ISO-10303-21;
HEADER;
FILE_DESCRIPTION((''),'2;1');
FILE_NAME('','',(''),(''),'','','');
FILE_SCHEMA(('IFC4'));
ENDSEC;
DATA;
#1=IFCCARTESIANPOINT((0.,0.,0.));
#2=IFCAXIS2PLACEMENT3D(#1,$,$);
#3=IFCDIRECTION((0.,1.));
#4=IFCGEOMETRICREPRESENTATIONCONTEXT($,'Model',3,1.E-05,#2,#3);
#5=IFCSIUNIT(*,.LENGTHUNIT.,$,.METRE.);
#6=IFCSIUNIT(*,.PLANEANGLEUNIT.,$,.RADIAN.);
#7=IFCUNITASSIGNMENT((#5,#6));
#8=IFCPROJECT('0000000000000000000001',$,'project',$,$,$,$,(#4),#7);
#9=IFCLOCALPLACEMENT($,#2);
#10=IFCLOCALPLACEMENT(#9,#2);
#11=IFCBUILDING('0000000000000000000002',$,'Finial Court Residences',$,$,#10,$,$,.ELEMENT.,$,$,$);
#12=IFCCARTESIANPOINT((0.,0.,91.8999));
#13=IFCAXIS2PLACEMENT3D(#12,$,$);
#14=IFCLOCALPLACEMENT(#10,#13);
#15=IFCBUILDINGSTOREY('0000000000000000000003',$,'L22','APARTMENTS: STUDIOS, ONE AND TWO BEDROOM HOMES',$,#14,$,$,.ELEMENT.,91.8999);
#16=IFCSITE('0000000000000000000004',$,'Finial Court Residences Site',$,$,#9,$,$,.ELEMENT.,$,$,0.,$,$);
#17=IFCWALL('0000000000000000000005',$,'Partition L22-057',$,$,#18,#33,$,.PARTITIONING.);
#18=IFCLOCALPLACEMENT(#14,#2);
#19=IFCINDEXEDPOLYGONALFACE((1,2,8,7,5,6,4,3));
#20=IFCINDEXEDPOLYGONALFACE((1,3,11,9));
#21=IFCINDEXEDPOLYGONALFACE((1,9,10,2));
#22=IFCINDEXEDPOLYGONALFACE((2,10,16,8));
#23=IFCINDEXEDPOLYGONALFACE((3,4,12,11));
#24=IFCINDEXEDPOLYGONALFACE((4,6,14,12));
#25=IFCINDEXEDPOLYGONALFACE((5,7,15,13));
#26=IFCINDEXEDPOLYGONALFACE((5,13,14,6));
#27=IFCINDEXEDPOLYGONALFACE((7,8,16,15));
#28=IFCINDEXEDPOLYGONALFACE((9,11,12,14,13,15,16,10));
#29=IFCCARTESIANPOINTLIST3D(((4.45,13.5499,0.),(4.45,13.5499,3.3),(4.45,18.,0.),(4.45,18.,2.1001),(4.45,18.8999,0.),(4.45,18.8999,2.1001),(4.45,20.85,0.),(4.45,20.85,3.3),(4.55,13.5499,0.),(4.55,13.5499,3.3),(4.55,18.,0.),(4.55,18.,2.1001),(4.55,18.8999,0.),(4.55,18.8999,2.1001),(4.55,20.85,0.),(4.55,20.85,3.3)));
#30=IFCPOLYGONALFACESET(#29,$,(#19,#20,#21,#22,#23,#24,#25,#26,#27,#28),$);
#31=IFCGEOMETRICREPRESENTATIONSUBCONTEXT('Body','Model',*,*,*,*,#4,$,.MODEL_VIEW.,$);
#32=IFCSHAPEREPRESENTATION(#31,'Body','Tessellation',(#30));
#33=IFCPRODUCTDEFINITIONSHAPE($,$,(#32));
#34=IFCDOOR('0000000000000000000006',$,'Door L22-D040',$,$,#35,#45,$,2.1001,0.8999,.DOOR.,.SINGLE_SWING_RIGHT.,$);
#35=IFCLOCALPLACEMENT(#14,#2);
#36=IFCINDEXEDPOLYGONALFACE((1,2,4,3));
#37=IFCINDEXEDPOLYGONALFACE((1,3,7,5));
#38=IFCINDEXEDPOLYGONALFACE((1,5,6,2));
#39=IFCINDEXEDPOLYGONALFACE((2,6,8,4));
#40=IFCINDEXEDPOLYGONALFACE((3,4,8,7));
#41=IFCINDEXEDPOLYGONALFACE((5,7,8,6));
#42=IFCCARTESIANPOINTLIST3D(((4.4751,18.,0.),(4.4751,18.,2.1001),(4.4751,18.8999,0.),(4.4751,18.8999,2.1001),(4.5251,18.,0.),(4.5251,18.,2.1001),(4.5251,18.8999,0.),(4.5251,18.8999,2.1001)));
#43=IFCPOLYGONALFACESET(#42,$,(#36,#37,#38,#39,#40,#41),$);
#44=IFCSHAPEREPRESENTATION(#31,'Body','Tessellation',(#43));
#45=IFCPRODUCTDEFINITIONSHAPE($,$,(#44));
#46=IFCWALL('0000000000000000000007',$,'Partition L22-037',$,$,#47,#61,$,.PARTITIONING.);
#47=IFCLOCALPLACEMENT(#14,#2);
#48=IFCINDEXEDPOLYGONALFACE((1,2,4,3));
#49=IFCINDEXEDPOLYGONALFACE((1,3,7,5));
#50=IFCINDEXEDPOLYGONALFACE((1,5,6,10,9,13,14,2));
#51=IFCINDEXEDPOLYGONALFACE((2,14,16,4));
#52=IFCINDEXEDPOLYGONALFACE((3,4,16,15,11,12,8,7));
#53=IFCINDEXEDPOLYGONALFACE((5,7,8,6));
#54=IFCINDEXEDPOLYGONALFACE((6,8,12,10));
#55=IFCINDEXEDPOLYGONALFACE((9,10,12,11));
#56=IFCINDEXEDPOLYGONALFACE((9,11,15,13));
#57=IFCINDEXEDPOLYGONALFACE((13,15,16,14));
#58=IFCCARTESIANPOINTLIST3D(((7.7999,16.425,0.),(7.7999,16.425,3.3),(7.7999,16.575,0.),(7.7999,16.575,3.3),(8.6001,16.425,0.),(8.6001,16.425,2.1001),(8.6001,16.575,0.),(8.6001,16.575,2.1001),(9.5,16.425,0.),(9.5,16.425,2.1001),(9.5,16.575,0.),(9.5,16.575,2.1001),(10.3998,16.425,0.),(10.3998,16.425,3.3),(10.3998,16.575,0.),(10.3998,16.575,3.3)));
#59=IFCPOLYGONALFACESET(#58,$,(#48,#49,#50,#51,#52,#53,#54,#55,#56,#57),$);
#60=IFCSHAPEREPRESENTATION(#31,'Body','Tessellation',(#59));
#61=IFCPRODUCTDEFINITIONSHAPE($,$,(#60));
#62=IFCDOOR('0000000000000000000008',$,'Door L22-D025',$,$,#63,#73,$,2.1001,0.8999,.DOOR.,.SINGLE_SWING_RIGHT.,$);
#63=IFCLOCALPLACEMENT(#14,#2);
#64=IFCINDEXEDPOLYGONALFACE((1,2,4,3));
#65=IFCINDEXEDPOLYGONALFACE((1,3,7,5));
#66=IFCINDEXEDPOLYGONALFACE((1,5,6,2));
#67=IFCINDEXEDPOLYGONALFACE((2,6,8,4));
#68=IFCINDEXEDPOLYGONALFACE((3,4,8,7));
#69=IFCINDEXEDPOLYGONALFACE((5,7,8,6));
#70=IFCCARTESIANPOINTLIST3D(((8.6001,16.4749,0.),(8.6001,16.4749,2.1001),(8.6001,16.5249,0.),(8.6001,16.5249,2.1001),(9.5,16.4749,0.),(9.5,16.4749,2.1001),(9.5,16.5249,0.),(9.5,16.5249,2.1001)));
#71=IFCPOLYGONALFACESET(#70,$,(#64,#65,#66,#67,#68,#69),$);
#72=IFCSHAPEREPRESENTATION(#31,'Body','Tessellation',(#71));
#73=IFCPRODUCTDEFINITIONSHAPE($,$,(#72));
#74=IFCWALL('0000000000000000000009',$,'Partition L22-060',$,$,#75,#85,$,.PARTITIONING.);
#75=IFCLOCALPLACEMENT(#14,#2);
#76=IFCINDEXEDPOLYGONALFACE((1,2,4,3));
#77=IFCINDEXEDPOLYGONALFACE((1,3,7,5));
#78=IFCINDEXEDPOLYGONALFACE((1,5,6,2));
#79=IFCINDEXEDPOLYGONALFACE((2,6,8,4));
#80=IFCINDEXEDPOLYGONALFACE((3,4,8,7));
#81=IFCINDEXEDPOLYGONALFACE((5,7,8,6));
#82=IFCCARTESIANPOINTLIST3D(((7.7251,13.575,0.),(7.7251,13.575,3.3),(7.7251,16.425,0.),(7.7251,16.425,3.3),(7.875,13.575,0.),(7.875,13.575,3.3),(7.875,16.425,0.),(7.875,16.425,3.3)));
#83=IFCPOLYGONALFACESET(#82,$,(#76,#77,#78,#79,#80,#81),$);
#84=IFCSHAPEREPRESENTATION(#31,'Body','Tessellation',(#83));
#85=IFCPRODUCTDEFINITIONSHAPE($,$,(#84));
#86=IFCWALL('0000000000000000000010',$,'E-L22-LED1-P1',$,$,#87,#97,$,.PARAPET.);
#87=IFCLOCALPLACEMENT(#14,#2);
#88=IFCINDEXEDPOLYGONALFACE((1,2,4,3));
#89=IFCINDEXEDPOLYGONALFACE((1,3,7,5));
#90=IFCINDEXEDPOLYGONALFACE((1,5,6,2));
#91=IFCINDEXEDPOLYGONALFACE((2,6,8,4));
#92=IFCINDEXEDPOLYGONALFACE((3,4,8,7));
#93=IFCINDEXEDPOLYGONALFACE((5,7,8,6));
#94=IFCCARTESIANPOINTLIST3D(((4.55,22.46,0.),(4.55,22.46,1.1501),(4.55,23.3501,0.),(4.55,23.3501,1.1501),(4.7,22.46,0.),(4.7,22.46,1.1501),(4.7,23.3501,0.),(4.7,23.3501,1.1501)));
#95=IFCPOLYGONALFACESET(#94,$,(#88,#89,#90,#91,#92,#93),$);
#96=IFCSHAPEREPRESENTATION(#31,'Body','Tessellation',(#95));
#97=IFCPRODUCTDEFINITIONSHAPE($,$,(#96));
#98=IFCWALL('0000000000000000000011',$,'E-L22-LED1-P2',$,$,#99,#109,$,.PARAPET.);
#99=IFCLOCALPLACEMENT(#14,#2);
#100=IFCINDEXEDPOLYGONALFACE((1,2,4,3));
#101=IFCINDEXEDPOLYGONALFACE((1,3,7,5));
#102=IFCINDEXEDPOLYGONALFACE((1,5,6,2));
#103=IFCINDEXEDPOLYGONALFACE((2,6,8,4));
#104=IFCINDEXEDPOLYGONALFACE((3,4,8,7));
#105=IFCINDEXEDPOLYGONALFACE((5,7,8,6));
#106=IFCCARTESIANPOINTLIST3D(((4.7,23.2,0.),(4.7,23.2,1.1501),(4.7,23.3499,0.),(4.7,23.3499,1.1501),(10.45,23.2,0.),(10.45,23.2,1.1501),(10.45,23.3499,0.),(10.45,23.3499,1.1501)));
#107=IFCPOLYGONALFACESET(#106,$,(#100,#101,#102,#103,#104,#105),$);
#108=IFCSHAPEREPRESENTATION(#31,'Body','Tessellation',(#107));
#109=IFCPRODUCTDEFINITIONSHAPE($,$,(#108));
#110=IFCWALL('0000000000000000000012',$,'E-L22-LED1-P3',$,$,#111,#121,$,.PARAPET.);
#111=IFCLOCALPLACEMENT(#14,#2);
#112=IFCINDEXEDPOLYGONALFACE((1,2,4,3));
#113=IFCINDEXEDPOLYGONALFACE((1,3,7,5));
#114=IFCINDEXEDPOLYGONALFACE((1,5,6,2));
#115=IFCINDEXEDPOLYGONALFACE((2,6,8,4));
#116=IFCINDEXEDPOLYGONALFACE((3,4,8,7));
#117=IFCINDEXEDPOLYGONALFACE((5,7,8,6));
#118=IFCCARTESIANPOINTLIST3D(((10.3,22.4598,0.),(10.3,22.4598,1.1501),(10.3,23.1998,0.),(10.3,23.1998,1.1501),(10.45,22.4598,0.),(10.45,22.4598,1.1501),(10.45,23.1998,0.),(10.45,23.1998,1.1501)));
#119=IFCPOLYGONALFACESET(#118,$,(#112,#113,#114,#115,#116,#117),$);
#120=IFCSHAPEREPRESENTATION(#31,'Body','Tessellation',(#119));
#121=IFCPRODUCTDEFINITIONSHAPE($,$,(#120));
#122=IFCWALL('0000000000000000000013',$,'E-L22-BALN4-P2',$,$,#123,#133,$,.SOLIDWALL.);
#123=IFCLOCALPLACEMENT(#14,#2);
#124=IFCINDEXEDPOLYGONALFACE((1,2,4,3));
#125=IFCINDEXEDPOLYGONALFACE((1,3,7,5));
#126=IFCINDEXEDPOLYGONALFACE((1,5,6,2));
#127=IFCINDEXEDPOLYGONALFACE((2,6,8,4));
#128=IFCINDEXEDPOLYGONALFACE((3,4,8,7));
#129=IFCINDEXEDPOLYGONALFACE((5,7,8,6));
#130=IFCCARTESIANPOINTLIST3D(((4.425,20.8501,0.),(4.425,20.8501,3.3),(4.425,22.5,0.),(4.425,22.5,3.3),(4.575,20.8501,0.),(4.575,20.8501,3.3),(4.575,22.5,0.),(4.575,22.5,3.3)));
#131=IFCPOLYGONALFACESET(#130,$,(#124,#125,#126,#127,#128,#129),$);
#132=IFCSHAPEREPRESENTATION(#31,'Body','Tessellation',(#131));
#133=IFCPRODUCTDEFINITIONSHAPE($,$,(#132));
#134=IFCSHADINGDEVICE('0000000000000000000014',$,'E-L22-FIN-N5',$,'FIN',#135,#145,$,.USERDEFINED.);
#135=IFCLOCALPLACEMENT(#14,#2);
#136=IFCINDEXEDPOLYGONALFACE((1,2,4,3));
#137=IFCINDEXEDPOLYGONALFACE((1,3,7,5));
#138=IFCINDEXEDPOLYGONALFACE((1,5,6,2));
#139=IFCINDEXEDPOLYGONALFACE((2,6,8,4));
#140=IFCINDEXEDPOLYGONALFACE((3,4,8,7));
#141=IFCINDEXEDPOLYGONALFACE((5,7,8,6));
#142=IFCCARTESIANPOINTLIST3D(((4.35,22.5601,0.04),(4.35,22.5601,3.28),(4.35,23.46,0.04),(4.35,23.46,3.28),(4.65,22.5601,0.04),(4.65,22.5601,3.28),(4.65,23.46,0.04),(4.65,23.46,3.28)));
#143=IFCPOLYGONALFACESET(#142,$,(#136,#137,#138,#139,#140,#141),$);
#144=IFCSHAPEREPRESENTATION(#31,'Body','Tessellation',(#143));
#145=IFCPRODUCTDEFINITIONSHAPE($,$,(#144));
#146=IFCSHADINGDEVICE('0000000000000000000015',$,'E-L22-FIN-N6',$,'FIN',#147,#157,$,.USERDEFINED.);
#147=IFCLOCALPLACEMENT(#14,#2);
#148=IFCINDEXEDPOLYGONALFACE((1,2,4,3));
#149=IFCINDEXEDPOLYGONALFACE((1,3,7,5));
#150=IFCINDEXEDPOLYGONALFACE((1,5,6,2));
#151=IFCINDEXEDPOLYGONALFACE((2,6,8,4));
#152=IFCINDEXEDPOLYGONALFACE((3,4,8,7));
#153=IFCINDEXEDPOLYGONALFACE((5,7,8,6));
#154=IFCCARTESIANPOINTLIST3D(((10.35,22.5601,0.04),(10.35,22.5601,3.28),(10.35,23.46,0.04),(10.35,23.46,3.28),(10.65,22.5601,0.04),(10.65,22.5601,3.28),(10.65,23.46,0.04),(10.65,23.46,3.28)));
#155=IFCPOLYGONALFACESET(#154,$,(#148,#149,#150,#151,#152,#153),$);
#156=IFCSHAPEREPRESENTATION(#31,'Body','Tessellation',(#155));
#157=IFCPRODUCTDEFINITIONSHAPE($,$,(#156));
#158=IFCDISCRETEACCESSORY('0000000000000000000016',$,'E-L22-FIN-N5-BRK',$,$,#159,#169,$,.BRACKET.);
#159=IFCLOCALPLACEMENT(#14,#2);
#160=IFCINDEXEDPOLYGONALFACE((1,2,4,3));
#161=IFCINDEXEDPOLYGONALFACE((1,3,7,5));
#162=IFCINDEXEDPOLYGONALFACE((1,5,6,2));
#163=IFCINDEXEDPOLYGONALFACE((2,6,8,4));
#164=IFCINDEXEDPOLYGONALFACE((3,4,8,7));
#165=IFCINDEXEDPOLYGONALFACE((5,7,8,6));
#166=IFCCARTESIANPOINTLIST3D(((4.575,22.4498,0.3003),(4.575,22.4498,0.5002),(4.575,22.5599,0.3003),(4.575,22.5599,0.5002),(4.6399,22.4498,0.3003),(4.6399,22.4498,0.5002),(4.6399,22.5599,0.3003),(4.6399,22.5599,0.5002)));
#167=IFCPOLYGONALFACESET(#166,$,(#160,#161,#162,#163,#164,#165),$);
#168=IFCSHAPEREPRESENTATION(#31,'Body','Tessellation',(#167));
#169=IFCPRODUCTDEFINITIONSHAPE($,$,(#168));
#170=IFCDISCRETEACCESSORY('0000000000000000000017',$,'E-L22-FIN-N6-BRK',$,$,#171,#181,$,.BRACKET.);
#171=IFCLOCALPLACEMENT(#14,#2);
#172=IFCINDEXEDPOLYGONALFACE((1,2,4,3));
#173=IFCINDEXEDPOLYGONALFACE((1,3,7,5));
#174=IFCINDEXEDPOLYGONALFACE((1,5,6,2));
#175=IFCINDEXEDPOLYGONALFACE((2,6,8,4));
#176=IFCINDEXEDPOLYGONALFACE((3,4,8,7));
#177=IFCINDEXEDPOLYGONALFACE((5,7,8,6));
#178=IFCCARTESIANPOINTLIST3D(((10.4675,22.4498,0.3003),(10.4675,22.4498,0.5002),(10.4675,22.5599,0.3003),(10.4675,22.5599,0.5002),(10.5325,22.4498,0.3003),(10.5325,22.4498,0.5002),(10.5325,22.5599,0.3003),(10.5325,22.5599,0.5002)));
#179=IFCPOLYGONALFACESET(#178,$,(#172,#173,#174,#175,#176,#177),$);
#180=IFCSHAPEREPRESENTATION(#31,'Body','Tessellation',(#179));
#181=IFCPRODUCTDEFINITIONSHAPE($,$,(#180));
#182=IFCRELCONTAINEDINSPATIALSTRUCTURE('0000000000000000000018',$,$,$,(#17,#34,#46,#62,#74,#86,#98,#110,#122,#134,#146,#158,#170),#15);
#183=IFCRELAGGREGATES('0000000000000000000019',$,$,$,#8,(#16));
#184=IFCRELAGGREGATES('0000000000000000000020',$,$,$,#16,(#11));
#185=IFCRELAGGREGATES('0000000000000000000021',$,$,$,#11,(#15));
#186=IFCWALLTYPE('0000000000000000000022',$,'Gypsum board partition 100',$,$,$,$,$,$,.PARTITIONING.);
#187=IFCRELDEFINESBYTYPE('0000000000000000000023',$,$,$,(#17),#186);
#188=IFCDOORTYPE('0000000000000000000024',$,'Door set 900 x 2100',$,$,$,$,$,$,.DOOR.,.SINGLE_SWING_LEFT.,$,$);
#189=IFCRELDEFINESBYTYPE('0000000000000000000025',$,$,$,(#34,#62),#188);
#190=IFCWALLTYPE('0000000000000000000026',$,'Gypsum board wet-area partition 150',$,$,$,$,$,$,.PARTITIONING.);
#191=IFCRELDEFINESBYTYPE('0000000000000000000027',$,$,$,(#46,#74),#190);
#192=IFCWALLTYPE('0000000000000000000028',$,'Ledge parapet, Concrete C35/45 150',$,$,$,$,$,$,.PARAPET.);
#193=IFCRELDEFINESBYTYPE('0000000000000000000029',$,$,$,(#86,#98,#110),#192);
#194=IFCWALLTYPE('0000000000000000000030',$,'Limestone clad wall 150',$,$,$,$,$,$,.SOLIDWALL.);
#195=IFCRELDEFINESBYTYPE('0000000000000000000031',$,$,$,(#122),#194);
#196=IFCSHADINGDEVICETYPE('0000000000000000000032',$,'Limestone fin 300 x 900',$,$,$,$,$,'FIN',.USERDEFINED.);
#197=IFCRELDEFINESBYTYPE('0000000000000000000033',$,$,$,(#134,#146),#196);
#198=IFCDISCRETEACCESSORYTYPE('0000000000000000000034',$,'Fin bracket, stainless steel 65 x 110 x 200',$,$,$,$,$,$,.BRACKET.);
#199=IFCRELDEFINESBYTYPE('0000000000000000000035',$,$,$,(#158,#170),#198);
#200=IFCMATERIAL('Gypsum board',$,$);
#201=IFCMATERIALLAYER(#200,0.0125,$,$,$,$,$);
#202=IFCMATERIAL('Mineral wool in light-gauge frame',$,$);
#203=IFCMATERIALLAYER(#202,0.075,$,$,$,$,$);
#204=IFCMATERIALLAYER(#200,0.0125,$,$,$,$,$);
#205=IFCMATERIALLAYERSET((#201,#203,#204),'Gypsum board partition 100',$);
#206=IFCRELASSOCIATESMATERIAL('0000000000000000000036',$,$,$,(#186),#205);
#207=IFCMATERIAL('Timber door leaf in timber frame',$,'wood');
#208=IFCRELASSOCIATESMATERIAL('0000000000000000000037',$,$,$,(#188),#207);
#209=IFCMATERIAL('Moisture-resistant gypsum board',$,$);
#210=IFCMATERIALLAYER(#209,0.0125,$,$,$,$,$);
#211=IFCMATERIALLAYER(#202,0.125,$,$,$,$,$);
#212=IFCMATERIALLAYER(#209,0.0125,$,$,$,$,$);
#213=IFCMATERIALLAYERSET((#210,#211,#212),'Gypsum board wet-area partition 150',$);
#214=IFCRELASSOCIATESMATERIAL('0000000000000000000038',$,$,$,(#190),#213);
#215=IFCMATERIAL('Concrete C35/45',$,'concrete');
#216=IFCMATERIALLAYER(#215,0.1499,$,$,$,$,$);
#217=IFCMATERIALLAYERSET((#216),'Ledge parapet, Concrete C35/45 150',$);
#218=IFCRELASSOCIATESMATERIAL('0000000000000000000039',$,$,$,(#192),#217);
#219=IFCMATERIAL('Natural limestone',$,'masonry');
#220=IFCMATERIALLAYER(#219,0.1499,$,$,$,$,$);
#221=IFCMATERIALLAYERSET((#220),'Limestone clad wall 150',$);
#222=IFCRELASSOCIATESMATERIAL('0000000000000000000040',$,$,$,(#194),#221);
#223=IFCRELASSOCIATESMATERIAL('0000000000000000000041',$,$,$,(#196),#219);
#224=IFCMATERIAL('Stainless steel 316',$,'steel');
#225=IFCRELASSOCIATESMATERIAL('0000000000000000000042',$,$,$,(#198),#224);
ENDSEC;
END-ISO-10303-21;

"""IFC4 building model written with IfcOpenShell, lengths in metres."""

from ifc_helpers import new_model, si_unit, direction, frame, frame_2d, origin, origin_2d, place, context, subcontext, project, spatial, rectangle, extrude, material, layer, layer_set, type_object, element, fill, save


model = new_model("IFC4")

# Units and contexts
model_context = context("Model", 3, precision=1e-05, world=origin(), true_north=direction((0.0, 1.0)))
body_context = subcontext(model_context, "Body", "Model", "MODEL_VIEW")
ifc_project = project(units=[si_unit("LENGTHUNIT", "METRE"), si_unit("PLANEANGLEUNIT", "RADIAN")], contexts=[model_context])

# Site, building, storey
site_placement = place(None, origin())
site = spatial("IfcSite", under=ifc_project, at=site_placement, Name="Finial Court Residences Site", CompositionType="ELEMENT", RefElevation=0.0)
building_placement = place(site_placement, origin())
building = spatial("IfcBuilding", under=site, at=building_placement, Name="Finial Court Residences", CompositionType="ELEMENT")
storey_placement = place(building_placement, frame((0.0, 0.0, 91.8999)))
storey = spatial("IfcBuildingStorey", under=building, at=storey_placement, Name="L22", Description="APARTMENTS: STUDIOS, ONE AND TWO BEDROOM HOMES", CompositionType="ELEMENT", Elevation=91.8999)

# Shared definitions
ifc_material_1 = material(Name="Gypsum board")

# Walls, openings, doors
ifc_layer_1 = layer(ifc_material_1, 0.0125)
ifc_material_2 = material(Name="Mineral wool in light-gauge frame")
ifc_layer_2 = layer(ifc_material_2, 0.075)
ifc_layer_3 = layer(ifc_material_1, 0.0125)
ifc_layer_set_1 = layer_set([ifc_layer_1, ifc_layer_2, ifc_layer_3], Name="Gypsum board partition 100")
wall_type_1 = type_object("IfcWallType", Name="Gypsum board partition 100", PredefinedType="PARTITIONING", material=ifc_layer_set_1)
ifc_material_3 = material(Name="Timber door leaf in timber frame", Category="wood")
door_type = type_object("IfcDoorType", Name="Door set 900 x 2100", OperationType="SINGLE_SWING_LEFT", PredefinedType="DOOR", material=ifc_material_3)
wall_1_placement = place(storey_placement, frame((4.5, 13.55, 0.0), z_axis=(0.0, 0.0, 1.0), x_axis=(0.0, 1.0, 0.0)))
wall_1 = element("IfcWall", 1, at=wall_1_placement, inside=storey, type_object=wall_type_1, Name="Partition L22-057", PredefinedType="PARTITIONING", context=body_context, shape_type="SweptSolid", body=[
    extrude(rectangle(XDim=7.3, YDim=0.1001, at=frame_2d((3.6499, 0.0))), origin(), (0.0, 0.0, 1.0), 3.3),
])
opening_1_placement = place(wall_1_placement, frame((4.45, 0.0, 0.0)))
opening_1 = element("IfcOpeningElement", 2, at=opening_1_placement, cuts=wall_1, PredefinedType="OPENING", context=body_context, shape_type="SweptSolid", body=[
    extrude(rectangle(XDim=0.8999, YDim=2.1001, at=frame_2d((0.45, 1.05))), frame((0.0, 0.0601, 0.0), z_axis=(0.0, -1.0, 0.0), x_axis=(1.0, 0.0, 0.0)), (0.0, 0.0, 1.0), 0.1201),
])
door_1_placement = place(opening_1_placement, origin())
door_1 = element("IfcDoor", 3, at=door_1_placement, inside=storey, type_object=door_type, Name="Door L22-D040", OperationType="SINGLE_SWING_RIGHT", OverallHeight=2.1001, OverallWidth=0.8999, PredefinedType="DOOR", context=body_context, shape_type="SweptSolid", body=[
    extrude(rectangle(XDim=0.8999, YDim=2.1001, at=frame_2d((0.45, 1.05))), frame((0.0, 0.0249, 0.0), z_axis=(0.0, -1.0, 0.0), x_axis=(1.0, 0.0, 0.0)), (0.0, 0.0, 1.0), 0.05),
])
fill(opening_1, door_1)
ifc_material_4 = material(Name="Moisture-resistant gypsum board")
ifc_layer_4 = layer(ifc_material_4, 0.0125)
ifc_layer_5 = layer(ifc_material_2, 0.125)
ifc_layer_6 = layer(ifc_material_4, 0.0125)
ifc_layer_set_2 = layer_set([ifc_layer_4, ifc_layer_5, ifc_layer_6], Name="Gypsum board wet-area partition 150")
wall_type_2 = type_object("IfcWallType", Name="Gypsum board wet-area partition 150", PredefinedType="PARTITIONING", material=ifc_layer_set_2)
wall_2_placement = place(storey_placement, frame((7.8, 16.5, 0.0), z_axis=(0.0, 0.0, 1.0), x_axis=(1.0, 0.0, 0.0)))
wall_2 = element("IfcWall", 4, at=wall_2_placement, inside=storey, type_object=wall_type_2, Name="Partition L22-037", PredefinedType="PARTITIONING", context=body_context, shape_type="SweptSolid", body=[
    extrude(rectangle(XDim=2.5999, YDim=0.1499, at=frame_2d((1.2998, 0.0))), origin(), (0.0, 0.0, 1.0), 3.3),
])
opening_2_placement = place(wall_2_placement, frame((0.8, 0.0, 0.0)))
opening_2 = element("IfcOpeningElement", 5, at=opening_2_placement, cuts=wall_2, PredefinedType="OPENING", context=body_context, shape_type="SweptSolid", body=[
    extrude(rectangle(XDim=0.8999, YDim=2.1001, at=frame_2d((0.45, 1.05))), frame((0.0, 0.085, 0.0), z_axis=(0.0, -1.0, 0.0), x_axis=(1.0, 0.0, 0.0)), (0.0, 0.0, 1.0), 0.1699),
])
door_2_placement = place(opening_2_placement, origin())
door_2 = element("IfcDoor", 6, at=door_2_placement, inside=storey, type_object=door_type, Name="Door L22-D025", OperationType="SINGLE_SWING_RIGHT", OverallHeight=2.1001, OverallWidth=0.8999, PredefinedType="DOOR", context=body_context, shape_type="SweptSolid", body=[
    extrude(rectangle(XDim=0.8999, YDim=2.1001, at=frame_2d((0.45, 1.05))), frame((0.0, 0.0249, 0.0), z_axis=(0.0, -1.0, 0.0), x_axis=(1.0, 0.0, 0.0)), (0.0, 0.0, 1.0), 0.05),
])
fill(opening_2, door_2)

# Walls
wall_3_placement = place(storey_placement, frame((7.8, 13.575, 0.0), z_axis=(0.0, 0.0, 1.0), x_axis=(0.0, 1.0, 0.0)))
element("IfcWall", 7, at=wall_3_placement, inside=storey, type_object=wall_type_2, Name="Partition L22-060", PredefinedType="PARTITIONING", context=body_context, shape_type="SweptSolid", body=[
    extrude(rectangle(XDim=2.8501, YDim=0.1499, at=frame_2d((1.425, 0.0))), origin(), (0.0, 0.0, 1.0), 3.3),
])
ifc_material_5 = material(Name="Concrete C35/45", Category="concrete")
ifc_layer_7 = layer(ifc_material_5, 0.1499)
ifc_layer_set_3 = layer_set([ifc_layer_7], Name="Ledge parapet, Concrete C35/45 150")
wall_type_3 = type_object("IfcWallType", Name="Ledge parapet, Concrete C35/45 150", PredefinedType="PARAPET", material=ifc_layer_set_3)
wall_4_placement = place(storey_placement, frame((4.625, 22.46, 0.0), z_axis=(0.0, 0.0, 1.0), x_axis=(0.0, 1.0, 0.0)))
element("IfcWall", 8, at=wall_4_placement, inside=storey, type_object=wall_type_3, Name="E-L22-LED1-P1", PredefinedType="PARAPET", context=body_context, shape_type="SweptSolid", body=[
    extrude(rectangle(XDim=0.8901, YDim=0.1499, at=frame_2d((0.4451, 0.0))), origin(), (0.0, 0.0, 1.0), 1.1501),
])
wall_5_placement = place(storey_placement, frame((4.7, 23.2749, 0.0), z_axis=(0.0, 0.0, 1.0), x_axis=(1.0, 0.0, 0.0)))
element("IfcWall", 9, at=wall_5_placement, inside=storey, type_object=wall_type_3, Name="E-L22-LED1-P2", PredefinedType="PARAPET", context=body_context, shape_type="SweptSolid", body=[
    extrude(rectangle(XDim=5.75, YDim=0.1499, at=frame_2d((2.875, 0.0))), origin(), (0.0, 0.0, 1.0), 1.1501),
])
wall_6_placement = place(storey_placement, frame((10.375, 23.2, 0.0), z_axis=(0.0, 0.0, 1.0), x_axis=(0.0, -1.0, 0.0)))
element("IfcWall", 10, at=wall_6_placement, inside=storey, type_object=wall_type_3, Name="E-L22-LED1-P3", PredefinedType="PARAPET", context=body_context, shape_type="SweptSolid", body=[
    extrude(rectangle(XDim=0.74, YDim=0.1499, at=frame_2d((0.3701, 0.0))), origin(), (0.0, 0.0, 1.0), 1.1501),
])
ifc_material_6 = material(Name="Natural limestone", Category="masonry")
ifc_layer_8 = layer(ifc_material_6, 0.1499)
ifc_layer_set_4 = layer_set([ifc_layer_8], Name="Limestone clad wall 150")
wall_type_4 = type_object("IfcWallType", Name="Limestone clad wall 150", PredefinedType="SOLIDWALL", material=ifc_layer_set_4)
wall_7_placement = place(storey_placement, frame((4.5, 20.8501, 0.0), z_axis=(0.0, 0.0, 1.0), x_axis=(0.0, 1.0, 0.0)))
element("IfcWall", 11, at=wall_7_placement, inside=storey, type_object=wall_type_4, Name="E-L22-BALN4-P2", PredefinedType="SOLIDWALL", context=body_context, shape_type="SweptSolid", body=[
    extrude(rectangle(XDim=1.6499, YDim=0.1499, at=frame_2d((0.825, 0.0))), origin(), (0.0, 0.0, 1.0), 3.3),
])

# Shading devices
shading_device_type = type_object("IfcShadingDeviceType", Name="Limestone fin 300 x 900", ElementType="FIN", PredefinedType="USERDEFINED", material=ifc_material_6)
for number, where, z_axis, x_axis, name in (
    (12, (4.5, 23.01, 0.04), (0.0, 0.0, 1.0), (1.0, 0.0, 0.0), "E-L22-FIN-N5"),
    (13, (10.5, 23.01, 0.04), (0.0, 0.0, 1.0), (1.0, 0.0, 0.0), "E-L22-FIN-N6"),
):
    element("IfcShadingDevice", number, at=place(storey_placement, frame(where, z_axis=z_axis, x_axis=x_axis)), inside=storey, type_object=shading_device_type, Name=name, ObjectType="FIN", PredefinedType="USERDEFINED", context=body_context, shape_type="SweptSolid", body=[
        extrude(rectangle(XDim=0.3, YDim=0.8999, at=origin_2d()), origin(), (0.0, 0.0, 1.0), 3.24),
    ])

# Discrete accessories
ifc_material_7 = material(Name="Stainless steel 316", Category="steel")
discrete_accessory_type = type_object("IfcDiscreteAccessoryType", Name="Fin bracket, stainless steel 65 x 110 x 200", PredefinedType="BRACKET", material=ifc_material_7)
for number, where, z_axis, x_axis, name in (
    (14, (4.6074, 22.5049, 0.3003), (0.0, 0.0, 1.0), (1.0, 0.0, 0.0), "E-L22-FIN-N5-BRK"),
    (15, (10.5, 22.5049, 0.3003), (0.0, 0.0, 1.0), (1.0, 0.0, 0.0), "E-L22-FIN-N6-BRK"),
):
    element("IfcDiscreteAccessory", number, at=place(storey_placement, frame(where, z_axis=z_axis, x_axis=x_axis)), inside=storey, type_object=discrete_accessory_type, Name=name, PredefinedType="BRACKET", context=body_context, shape_type="SweptSolid", body=[
        extrude(rectangle(XDim=0.0649, YDim=0.1101, at=origin_2d()), origin(), (0.0, 0.0, 1.0), 0.2),
    ])

save(model, "model.ifc")
